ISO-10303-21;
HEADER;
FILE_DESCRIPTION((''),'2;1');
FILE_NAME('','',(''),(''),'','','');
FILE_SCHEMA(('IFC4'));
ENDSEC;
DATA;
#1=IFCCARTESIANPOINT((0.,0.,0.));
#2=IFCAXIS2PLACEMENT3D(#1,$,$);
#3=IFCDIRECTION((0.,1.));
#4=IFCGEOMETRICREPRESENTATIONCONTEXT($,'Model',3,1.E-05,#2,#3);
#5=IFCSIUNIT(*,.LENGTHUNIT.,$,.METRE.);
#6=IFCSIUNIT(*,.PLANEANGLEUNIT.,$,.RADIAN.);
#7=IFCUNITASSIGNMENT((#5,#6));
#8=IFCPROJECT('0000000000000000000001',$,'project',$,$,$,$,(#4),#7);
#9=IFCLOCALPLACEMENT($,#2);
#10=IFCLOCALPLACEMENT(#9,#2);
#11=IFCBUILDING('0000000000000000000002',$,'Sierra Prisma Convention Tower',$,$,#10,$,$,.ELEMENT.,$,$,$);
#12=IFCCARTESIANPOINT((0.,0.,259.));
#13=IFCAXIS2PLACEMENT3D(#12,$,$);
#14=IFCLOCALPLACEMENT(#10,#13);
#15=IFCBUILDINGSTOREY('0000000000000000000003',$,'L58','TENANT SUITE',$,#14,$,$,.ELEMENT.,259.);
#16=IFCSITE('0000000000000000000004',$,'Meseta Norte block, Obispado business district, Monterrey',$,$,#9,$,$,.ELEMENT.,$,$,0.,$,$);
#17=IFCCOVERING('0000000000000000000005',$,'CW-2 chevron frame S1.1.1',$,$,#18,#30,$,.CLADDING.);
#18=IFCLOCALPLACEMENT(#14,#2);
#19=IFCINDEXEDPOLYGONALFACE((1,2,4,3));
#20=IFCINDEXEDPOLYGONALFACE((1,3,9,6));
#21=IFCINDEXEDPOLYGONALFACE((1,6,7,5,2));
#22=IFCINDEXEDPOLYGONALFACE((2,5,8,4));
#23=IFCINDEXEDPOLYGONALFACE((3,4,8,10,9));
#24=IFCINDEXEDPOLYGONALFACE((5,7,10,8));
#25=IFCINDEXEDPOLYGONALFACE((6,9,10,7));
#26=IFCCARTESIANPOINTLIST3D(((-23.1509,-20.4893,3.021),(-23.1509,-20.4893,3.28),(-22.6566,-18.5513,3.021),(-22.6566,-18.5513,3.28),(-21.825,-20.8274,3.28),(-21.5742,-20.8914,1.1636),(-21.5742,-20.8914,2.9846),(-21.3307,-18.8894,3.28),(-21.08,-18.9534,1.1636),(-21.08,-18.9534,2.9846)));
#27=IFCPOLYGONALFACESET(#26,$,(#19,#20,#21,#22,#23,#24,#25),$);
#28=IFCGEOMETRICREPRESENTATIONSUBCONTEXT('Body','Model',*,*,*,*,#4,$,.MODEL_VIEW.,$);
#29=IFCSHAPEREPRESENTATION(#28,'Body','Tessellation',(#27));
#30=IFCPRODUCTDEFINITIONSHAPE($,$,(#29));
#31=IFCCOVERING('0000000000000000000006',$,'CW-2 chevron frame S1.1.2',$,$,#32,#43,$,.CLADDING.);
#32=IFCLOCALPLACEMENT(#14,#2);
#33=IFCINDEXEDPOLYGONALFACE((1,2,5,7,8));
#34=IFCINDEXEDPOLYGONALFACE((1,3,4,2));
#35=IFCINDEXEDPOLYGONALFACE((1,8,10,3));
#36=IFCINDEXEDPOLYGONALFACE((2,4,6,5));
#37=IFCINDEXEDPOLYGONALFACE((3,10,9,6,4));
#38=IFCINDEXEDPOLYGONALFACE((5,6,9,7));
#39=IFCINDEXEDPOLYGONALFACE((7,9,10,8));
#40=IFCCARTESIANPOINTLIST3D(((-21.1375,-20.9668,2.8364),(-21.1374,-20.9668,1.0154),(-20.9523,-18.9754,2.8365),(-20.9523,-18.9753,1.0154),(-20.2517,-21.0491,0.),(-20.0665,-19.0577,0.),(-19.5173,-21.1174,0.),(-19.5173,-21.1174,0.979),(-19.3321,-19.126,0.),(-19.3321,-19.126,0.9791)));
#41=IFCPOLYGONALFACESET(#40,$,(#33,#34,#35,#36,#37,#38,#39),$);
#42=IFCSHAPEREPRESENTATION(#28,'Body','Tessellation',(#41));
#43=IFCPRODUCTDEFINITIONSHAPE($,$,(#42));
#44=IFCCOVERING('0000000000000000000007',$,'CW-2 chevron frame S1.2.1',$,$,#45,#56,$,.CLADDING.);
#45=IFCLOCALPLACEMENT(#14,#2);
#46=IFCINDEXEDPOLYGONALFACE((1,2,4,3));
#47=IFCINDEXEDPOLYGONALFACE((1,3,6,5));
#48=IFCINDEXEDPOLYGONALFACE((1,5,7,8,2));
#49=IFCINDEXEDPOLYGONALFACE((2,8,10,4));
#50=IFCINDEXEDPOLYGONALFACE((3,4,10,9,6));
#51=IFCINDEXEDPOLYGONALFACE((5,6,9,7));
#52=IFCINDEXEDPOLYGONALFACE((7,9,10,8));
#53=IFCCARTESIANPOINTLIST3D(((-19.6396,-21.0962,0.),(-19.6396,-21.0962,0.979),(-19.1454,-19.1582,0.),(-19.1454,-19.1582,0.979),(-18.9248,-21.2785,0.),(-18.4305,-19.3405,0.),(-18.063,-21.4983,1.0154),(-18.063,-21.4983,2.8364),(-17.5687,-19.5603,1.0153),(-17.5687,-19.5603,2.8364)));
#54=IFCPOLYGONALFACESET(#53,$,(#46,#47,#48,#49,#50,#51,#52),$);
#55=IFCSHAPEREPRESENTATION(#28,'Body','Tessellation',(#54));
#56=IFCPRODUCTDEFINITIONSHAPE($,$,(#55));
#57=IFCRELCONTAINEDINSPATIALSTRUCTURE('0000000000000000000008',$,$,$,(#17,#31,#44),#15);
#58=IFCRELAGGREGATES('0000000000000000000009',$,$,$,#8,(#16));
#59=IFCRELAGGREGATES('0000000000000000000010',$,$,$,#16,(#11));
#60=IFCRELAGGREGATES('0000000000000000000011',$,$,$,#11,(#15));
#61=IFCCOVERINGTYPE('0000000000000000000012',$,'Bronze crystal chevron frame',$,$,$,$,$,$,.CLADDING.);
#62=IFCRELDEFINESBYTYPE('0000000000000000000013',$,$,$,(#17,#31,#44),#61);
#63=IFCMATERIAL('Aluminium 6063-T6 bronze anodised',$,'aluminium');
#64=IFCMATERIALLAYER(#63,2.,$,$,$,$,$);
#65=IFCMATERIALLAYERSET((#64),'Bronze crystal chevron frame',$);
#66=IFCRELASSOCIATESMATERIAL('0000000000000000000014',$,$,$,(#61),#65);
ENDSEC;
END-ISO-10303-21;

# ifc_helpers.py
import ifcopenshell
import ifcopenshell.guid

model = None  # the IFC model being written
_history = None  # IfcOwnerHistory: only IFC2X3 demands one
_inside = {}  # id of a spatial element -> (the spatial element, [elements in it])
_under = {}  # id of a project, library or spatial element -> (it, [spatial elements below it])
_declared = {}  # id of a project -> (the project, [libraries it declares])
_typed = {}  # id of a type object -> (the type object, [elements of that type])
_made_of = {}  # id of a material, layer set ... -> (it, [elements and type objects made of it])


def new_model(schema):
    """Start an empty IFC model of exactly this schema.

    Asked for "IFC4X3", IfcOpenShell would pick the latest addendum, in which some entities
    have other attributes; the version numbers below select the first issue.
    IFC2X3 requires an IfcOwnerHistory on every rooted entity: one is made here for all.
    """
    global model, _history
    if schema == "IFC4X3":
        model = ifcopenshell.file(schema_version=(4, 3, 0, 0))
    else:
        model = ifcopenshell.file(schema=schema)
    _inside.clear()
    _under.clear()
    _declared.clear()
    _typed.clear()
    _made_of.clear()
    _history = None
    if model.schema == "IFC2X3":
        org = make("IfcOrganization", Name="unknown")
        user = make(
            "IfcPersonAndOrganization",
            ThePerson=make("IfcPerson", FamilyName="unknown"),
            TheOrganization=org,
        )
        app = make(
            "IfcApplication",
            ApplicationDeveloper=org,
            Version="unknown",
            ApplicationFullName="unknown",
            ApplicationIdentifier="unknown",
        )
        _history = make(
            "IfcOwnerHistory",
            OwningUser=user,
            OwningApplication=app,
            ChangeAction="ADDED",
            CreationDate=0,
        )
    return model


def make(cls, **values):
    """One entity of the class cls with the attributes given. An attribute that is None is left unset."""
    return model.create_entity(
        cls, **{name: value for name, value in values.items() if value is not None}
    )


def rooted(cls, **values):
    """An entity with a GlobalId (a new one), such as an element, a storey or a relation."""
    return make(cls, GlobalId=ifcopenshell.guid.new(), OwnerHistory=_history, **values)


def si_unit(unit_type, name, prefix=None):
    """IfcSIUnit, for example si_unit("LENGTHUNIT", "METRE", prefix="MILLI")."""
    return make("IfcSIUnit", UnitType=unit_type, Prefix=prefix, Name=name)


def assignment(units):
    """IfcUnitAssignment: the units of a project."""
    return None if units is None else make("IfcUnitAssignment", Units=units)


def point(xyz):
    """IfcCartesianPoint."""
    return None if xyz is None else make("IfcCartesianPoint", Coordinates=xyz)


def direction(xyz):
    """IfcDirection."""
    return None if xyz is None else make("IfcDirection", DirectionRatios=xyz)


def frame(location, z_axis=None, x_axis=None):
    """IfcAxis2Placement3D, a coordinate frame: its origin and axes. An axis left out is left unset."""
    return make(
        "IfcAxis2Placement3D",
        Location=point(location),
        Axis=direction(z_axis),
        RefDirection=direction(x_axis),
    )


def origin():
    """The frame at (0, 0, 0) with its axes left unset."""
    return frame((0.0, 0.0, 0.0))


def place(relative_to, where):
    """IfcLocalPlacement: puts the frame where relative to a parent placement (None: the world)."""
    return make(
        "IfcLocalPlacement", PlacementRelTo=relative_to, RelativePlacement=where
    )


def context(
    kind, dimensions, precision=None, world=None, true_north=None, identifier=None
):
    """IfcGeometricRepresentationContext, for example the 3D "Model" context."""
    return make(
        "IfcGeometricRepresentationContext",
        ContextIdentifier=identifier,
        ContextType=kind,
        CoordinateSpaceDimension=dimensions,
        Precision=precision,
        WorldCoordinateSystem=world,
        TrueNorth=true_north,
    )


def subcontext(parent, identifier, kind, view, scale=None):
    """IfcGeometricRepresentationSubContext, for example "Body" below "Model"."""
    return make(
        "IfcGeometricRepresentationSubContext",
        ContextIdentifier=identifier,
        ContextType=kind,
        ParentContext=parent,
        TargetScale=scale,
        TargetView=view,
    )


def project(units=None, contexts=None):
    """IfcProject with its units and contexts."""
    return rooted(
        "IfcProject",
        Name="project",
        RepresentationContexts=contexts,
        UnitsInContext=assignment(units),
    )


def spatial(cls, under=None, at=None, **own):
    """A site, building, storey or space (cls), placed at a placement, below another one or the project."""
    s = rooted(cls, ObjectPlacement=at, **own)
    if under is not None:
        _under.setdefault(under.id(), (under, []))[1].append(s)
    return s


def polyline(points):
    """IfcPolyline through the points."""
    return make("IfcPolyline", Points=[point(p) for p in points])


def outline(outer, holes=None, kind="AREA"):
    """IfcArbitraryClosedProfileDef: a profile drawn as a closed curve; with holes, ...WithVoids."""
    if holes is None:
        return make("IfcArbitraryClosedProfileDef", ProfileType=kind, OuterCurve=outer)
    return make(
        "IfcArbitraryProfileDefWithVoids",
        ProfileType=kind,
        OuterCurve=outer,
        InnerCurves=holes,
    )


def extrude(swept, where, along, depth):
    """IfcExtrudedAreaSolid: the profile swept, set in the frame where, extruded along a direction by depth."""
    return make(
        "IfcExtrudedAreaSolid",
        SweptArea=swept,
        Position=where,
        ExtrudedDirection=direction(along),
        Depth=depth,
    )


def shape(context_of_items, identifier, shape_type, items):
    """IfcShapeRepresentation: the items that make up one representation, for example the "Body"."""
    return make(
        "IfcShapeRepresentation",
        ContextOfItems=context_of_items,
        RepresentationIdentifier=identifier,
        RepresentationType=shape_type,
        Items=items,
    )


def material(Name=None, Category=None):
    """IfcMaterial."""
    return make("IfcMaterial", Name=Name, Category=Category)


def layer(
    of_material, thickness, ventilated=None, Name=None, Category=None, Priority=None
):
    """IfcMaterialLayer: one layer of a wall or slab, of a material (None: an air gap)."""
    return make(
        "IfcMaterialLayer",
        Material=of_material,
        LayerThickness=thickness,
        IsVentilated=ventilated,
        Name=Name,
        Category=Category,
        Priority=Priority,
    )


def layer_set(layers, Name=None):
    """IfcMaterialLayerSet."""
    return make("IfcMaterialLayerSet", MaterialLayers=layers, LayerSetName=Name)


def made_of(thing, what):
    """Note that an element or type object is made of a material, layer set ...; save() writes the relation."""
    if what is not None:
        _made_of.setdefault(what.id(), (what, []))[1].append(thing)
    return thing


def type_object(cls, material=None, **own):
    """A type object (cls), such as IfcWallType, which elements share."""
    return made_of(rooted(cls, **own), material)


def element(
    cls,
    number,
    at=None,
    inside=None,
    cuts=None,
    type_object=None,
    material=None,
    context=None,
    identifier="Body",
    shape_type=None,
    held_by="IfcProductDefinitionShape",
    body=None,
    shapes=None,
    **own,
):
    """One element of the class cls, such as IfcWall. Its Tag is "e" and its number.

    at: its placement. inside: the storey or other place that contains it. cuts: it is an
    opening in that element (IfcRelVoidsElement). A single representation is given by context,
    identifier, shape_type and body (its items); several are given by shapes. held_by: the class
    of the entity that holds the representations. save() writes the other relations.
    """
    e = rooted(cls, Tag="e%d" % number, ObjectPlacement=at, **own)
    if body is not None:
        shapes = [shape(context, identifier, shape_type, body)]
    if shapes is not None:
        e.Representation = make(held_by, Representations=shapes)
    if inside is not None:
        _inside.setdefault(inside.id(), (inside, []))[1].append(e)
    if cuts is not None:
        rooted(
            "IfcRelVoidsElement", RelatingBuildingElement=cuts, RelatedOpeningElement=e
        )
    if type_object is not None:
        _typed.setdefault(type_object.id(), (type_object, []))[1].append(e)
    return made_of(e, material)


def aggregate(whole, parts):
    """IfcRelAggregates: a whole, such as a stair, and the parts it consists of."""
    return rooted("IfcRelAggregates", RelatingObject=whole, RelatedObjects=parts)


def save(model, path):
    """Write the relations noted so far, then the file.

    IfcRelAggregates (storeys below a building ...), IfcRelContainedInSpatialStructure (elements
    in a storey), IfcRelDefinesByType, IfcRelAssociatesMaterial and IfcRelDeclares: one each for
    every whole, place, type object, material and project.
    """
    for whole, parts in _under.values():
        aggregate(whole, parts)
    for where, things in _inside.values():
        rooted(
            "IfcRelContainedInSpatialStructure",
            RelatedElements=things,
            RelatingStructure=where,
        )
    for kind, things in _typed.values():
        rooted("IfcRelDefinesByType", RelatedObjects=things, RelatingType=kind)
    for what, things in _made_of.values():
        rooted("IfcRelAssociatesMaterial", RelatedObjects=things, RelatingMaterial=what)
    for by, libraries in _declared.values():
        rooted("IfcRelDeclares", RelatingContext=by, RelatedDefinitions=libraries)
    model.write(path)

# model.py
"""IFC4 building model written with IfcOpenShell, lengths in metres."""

from ifc_helpers import new_model, si_unit, direction, frame, origin, place, context, subcontext, project, spatial, polyline, outline, extrude, material, layer, layer_set, type_object, element, save


model = new_model("IFC4")

# Units and contexts
model_context = context("Model", 3, precision=1e-05, world=origin(), true_north=direction((0.0, 1.0)))
body_context = subcontext(model_context, "Body", "Model", "MODEL_VIEW")
ifc_project = project(units=[si_unit("LENGTHUNIT", "METRE"), si_unit("PLANEANGLEUNIT", "RADIAN")], contexts=[model_context])

# Site, building, storey
site_placement = place(None, origin())
site = spatial("IfcSite", under=ifc_project, at=site_placement, Name="Meseta Norte block, Obispado business district, Monterrey", CompositionType="ELEMENT", RefElevation=0.0)
building_placement = place(site_placement, origin())
building = spatial("IfcBuilding", under=site, at=building_placement, Name="Sierra Prisma Convention Tower", CompositionType="ELEMENT")
storey_placement = place(building_placement, frame((0.0, 0.0, 259.0)))
storey = spatial("IfcBuildingStorey", under=building, at=storey_placement, Name="L58", Description="TENANT SUITE", CompositionType="ELEMENT", Elevation=259.0)

# Coverings
ifc_material_1 = material(Name="Aluminium 6063-T6 bronze anodised", Category="aluminium")
ifc_layer_1 = layer(ifc_material_1, 2.0)
ifc_layer_set_1 = layer_set([ifc_layer_1], Name="Bronze crystal chevron frame")
covering_type = type_object("IfcCoveringType", Name="Bronze crystal chevron frame", PredefinedType="CLADDING", material=ifc_layer_set_1)
covering_1_placement = place(storey_placement, frame((-23.1509, -20.4893, 3.28), z_axis=(-0.247121, -0.968985, 0.000008), x_axis=(-0.000002, -0.000008, -1.0)))
element("IfcCovering", 1, at=covering_1_placement, inside=storey, type_object=covering_type, Name="CW-2 chevron frame S1.1.1", PredefinedType="CLADDING", context=body_context, shape_type="SweptSolid", body=[
    extrude(outline(polyline([(0.0, 0.0), (0.259, 0.0), (2.1165, 1.6271), (0.2954, 1.6271), (0.0, 1.3684), (0.0, 0.0)])), origin(), (0.0, 0.0, -1.0), 2.0),
])
covering_2_placement = place(storey_placement, frame((-21.1375, -20.9668, 2.8364), z_axis=(-0.092593, -0.995704, -0.000024), x_axis=(0.000002, 0.000024, -1.0)))
element("IfcCovering", 2, at=covering_2_placement, inside=storey, type_object=covering_type, Name="CW-2 chevron frame S1.1.2", PredefinedType="CLADDING", context=body_context, shape_type="SweptSolid", body=[
    extrude(outline(polyline([(0.0, 0.0), (1.821, 0.0), (2.8364, 0.8896), (2.8364, 1.6271), (1.8574, 1.6271), (0.0, 0.0)])), origin(), (0.0, 0.0, -1.0), 2.0),
])
covering_3_placement = place(storey_placement, frame((-19.6396, -21.0962, 0.0), z_axis=(-0.247134, -0.968981, 0.000019), x_axis=(0.968981, -0.247134, 0.0)))
element("IfcCovering", 3, at=covering_3_placement, inside=storey, type_object=covering_type, Name="CW-2 chevron frame S1.2.1", PredefinedType="CLADDING", context=body_context, shape_type="SweptSolid", body=[
    extrude(outline(polyline([(0.0, 0.0), (0.7377, 0.0), (1.6271, 1.0154), (1.6271, 2.8364), (0.0, 0.979), (0.0, 0.0)])), origin(), (0.0, 0.0, -1.0), 2.0),
])

save(model, "model.ifc")
